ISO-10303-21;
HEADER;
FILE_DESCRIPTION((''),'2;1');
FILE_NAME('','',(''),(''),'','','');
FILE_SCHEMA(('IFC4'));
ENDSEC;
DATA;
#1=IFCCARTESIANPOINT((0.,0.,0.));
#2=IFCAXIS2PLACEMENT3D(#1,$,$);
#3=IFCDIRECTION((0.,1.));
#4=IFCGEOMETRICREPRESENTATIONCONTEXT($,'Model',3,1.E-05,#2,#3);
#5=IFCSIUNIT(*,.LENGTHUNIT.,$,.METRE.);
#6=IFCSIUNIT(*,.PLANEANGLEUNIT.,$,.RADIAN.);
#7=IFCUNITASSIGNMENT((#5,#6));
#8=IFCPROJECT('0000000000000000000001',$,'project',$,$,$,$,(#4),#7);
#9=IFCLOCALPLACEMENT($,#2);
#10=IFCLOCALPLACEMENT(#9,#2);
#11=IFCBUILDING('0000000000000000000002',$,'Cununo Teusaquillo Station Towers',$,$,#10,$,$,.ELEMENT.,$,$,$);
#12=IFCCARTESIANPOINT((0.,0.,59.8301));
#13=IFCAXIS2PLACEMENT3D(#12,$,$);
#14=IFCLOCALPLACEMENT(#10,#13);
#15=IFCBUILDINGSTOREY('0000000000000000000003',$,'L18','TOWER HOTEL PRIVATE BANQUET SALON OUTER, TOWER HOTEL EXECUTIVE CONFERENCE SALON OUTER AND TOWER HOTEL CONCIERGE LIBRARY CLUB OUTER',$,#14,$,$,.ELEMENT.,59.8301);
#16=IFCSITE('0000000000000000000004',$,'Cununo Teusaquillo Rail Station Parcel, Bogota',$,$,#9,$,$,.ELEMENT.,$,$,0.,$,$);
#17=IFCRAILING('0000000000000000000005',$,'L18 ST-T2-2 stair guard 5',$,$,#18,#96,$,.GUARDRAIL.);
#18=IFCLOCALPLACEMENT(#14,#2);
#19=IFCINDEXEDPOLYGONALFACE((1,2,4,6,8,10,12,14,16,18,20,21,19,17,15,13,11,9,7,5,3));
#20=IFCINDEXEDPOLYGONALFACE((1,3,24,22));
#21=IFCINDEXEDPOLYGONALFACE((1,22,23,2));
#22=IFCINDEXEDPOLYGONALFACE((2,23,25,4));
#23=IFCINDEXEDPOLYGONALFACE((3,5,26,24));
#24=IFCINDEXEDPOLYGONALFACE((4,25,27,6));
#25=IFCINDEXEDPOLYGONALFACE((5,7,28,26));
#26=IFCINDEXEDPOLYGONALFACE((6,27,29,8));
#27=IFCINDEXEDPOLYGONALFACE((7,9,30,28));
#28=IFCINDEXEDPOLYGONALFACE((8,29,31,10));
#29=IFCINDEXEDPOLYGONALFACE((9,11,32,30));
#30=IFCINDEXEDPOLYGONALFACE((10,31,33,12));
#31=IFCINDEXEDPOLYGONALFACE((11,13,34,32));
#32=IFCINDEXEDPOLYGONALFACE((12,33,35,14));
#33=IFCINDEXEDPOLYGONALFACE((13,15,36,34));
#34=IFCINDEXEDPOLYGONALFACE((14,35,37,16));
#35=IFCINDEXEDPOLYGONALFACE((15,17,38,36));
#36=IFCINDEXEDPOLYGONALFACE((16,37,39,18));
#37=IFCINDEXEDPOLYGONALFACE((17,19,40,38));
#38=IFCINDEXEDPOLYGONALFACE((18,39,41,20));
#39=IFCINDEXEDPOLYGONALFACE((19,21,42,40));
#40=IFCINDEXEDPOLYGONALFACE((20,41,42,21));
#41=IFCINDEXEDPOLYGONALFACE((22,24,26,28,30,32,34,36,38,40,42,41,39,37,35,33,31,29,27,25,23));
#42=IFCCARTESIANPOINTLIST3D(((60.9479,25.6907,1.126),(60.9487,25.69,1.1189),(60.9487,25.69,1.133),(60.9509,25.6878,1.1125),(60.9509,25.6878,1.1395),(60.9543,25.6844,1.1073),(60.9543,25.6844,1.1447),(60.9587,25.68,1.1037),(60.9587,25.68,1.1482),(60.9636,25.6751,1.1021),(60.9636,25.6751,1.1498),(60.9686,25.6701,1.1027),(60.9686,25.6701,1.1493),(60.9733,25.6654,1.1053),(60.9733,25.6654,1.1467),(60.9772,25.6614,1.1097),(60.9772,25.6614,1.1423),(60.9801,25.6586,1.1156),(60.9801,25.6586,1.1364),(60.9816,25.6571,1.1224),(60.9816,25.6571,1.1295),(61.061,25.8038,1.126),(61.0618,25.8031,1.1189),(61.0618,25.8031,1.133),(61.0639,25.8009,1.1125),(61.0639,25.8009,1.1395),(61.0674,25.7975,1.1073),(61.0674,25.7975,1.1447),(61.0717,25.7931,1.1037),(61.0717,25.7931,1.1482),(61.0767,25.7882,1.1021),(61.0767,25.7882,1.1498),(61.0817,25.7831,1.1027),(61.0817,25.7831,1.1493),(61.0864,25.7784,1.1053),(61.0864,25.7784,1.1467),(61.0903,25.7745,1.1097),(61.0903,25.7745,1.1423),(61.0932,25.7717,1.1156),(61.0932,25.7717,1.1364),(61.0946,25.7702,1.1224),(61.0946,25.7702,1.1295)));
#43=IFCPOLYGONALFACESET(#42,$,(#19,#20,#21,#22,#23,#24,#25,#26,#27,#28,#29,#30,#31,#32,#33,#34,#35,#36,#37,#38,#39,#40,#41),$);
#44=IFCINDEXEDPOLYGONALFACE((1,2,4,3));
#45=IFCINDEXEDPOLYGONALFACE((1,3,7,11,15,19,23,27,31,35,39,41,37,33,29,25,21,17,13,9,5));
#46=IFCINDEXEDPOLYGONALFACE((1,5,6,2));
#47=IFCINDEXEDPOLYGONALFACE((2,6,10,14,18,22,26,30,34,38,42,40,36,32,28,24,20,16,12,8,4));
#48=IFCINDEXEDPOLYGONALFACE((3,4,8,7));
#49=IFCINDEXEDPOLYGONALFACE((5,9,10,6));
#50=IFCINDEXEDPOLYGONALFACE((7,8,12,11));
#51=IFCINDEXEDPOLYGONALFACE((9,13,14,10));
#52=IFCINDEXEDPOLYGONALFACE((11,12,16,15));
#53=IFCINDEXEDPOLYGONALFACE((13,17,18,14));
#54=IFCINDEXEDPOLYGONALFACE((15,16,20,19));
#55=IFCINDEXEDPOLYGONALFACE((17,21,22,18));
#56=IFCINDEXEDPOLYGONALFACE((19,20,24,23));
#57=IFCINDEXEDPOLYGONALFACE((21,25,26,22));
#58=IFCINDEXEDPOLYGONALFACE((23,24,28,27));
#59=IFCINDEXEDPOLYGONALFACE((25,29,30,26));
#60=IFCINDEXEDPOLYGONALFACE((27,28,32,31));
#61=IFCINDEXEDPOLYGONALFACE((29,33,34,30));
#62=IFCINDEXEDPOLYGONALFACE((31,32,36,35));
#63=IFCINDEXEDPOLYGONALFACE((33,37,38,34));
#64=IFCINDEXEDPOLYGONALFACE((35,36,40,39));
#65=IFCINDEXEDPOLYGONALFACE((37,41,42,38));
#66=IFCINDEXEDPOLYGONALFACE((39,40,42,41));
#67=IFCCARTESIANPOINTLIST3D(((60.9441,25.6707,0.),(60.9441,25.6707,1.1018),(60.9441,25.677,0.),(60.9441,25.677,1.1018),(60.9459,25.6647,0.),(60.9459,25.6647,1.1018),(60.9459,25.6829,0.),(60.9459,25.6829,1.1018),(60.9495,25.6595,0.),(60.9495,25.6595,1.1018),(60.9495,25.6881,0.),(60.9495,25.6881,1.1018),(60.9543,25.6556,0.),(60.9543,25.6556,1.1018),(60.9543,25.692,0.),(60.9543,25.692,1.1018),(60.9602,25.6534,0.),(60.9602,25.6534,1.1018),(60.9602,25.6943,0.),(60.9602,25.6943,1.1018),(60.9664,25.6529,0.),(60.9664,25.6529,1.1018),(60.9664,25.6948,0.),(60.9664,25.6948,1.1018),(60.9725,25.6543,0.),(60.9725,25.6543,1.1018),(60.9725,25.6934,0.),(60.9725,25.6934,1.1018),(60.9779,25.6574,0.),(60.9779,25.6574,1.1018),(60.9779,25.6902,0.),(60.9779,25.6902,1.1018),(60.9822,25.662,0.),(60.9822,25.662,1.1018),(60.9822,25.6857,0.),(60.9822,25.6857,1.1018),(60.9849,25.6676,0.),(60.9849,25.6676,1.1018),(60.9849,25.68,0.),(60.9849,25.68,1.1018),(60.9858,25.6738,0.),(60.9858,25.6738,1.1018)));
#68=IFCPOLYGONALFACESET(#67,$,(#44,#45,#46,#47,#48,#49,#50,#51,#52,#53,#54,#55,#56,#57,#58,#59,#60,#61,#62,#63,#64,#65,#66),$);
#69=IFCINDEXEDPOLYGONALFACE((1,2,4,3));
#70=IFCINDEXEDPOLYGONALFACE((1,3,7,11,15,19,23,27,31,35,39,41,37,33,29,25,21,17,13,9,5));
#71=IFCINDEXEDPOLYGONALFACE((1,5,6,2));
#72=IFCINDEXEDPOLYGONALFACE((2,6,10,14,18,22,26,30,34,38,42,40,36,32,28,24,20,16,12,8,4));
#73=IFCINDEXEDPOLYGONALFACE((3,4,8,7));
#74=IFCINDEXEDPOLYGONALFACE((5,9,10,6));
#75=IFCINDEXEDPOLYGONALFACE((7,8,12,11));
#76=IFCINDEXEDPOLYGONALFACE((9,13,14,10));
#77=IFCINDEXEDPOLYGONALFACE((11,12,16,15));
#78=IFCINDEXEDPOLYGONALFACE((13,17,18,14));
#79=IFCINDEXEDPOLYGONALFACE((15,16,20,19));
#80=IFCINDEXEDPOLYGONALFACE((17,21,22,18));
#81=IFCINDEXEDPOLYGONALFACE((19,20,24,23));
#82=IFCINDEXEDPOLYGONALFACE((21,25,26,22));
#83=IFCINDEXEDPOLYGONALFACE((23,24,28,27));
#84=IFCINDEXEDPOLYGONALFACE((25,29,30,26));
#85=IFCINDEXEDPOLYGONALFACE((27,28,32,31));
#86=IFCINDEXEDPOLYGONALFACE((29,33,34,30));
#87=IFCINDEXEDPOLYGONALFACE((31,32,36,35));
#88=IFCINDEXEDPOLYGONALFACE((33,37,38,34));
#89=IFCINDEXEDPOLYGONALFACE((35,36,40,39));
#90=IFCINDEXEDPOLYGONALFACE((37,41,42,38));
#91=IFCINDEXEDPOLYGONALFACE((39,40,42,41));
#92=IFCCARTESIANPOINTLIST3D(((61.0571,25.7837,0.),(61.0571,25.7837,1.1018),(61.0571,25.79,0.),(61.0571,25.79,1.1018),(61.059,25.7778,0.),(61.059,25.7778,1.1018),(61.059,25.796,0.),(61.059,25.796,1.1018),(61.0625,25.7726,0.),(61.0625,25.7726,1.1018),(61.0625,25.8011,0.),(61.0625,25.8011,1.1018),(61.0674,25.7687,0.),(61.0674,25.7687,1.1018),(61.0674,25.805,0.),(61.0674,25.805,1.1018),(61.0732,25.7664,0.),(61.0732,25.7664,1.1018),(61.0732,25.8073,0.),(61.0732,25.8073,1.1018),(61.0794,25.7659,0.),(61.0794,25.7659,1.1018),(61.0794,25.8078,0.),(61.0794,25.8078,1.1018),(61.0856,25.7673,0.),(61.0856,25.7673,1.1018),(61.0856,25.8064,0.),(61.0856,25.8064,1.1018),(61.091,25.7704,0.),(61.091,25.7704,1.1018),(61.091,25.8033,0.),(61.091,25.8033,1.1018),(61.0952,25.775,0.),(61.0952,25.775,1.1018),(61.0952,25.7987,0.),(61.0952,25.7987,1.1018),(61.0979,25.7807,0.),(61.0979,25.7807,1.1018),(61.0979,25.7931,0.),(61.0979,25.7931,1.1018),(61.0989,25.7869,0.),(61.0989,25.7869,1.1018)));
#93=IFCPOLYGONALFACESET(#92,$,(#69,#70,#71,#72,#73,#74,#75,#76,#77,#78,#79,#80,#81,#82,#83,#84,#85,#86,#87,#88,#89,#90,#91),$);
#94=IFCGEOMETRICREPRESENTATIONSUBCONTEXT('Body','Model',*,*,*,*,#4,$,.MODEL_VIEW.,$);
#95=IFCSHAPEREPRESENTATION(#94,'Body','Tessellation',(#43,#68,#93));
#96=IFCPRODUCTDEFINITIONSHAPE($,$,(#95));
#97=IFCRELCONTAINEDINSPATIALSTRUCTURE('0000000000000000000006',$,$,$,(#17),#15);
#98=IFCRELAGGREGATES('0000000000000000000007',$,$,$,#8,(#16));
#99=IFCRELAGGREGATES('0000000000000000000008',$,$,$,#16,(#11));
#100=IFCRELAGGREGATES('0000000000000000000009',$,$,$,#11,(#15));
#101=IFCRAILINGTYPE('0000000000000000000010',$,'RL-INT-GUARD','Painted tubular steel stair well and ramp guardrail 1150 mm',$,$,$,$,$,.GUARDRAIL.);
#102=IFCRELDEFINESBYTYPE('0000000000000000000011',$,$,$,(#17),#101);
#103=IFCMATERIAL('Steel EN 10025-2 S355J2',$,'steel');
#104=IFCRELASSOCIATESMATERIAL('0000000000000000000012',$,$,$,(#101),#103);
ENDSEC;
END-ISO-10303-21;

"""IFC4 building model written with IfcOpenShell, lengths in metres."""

from ifc_helpers import new_model, si_unit, direction, frame, origin, origin_2d, place, context, subcontext, project, spatial, circle, extrude, material, type_object, element, save


model = new_model("IFC4")

# Units and contexts
model_context = context("Model", 3, precision=1e-05, world=origin(), true_north=direction((0.0, 1.0)))
body_context = subcontext(model_context, "Body", "Model", "MODEL_VIEW")
ifc_project = project(units=[si_unit("LENGTHUNIT", "METRE"), si_unit("PLANEANGLEUNIT", "RADIAN")], contexts=[model_context])

# Site, building, storey
site_placement = place(None, origin())
site = spatial("IfcSite", under=ifc_project, at=site_placement, Name="Cununo Teusaquillo Rail Station Parcel, Bogota", CompositionType="ELEMENT", RefElevation=0.0)
building_placement = place(site_placement, origin())
building = spatial("IfcBuilding", under=site, at=building_placement, Name="Cununo Teusaquillo Station Towers", CompositionType="ELEMENT")
storey_placement = place(building_placement, frame((0.0, 0.0, 59.8301)))
storey = spatial("IfcBuildingStorey", under=building, at=storey_placement, Name="L18", Description="TOWER HOTEL PRIVATE BANQUET SALON OUTER, TOWER HOTEL EXECUTIVE CONFERENCE SALON OUTER AND TOWER HOTEL CONCIERGE LIBRARY CLUB OUTER", CompositionType="ELEMENT", Elevation=59.8301)

# Railing
ifc_material_1 = material(Name="Steel EN 10025-2 S355J2", Category="steel")
railing_type_1 = type_object("IfcRailingType", Name="RL-INT-GUARD", Description="Painted tubular steel stair well and ramp guardrail 1150 mm", PredefinedType="GUARDRAIL", material=ifc_material_1)
railing_1_placement = place(storey_placement, frame((60.9648, 25.6738, 0.0)))
element("IfcRailing", 1, at=railing_1_placement, inside=storey, type_object=railing_type_1, Name="L18 ST-T2-2 stair guard 5", PredefinedType="GUARDRAIL", context=body_context, shape_type="SweptSolid", body=[
    extrude(circle(Radius=0.0239, at=origin_2d()), frame((0.0, 0.0, 1.126), z_axis=(0.707107, 0.707107, 0.0), x_axis=(-0.707107, 0.707107, 0.0)), (0.0, 0.0, 1.0), 0.1599),
    extrude(circle(Radius=0.021, at=origin_2d()), origin(), (0.0, 0.0, 1.0), 1.1018),
    extrude(circle(Radius=0.021, at=origin_2d()), frame((0.113, 0.113, 0.0)), (0.0, 0.0, 1.0), 1.1018),
])

save(model, "model.ifc")
